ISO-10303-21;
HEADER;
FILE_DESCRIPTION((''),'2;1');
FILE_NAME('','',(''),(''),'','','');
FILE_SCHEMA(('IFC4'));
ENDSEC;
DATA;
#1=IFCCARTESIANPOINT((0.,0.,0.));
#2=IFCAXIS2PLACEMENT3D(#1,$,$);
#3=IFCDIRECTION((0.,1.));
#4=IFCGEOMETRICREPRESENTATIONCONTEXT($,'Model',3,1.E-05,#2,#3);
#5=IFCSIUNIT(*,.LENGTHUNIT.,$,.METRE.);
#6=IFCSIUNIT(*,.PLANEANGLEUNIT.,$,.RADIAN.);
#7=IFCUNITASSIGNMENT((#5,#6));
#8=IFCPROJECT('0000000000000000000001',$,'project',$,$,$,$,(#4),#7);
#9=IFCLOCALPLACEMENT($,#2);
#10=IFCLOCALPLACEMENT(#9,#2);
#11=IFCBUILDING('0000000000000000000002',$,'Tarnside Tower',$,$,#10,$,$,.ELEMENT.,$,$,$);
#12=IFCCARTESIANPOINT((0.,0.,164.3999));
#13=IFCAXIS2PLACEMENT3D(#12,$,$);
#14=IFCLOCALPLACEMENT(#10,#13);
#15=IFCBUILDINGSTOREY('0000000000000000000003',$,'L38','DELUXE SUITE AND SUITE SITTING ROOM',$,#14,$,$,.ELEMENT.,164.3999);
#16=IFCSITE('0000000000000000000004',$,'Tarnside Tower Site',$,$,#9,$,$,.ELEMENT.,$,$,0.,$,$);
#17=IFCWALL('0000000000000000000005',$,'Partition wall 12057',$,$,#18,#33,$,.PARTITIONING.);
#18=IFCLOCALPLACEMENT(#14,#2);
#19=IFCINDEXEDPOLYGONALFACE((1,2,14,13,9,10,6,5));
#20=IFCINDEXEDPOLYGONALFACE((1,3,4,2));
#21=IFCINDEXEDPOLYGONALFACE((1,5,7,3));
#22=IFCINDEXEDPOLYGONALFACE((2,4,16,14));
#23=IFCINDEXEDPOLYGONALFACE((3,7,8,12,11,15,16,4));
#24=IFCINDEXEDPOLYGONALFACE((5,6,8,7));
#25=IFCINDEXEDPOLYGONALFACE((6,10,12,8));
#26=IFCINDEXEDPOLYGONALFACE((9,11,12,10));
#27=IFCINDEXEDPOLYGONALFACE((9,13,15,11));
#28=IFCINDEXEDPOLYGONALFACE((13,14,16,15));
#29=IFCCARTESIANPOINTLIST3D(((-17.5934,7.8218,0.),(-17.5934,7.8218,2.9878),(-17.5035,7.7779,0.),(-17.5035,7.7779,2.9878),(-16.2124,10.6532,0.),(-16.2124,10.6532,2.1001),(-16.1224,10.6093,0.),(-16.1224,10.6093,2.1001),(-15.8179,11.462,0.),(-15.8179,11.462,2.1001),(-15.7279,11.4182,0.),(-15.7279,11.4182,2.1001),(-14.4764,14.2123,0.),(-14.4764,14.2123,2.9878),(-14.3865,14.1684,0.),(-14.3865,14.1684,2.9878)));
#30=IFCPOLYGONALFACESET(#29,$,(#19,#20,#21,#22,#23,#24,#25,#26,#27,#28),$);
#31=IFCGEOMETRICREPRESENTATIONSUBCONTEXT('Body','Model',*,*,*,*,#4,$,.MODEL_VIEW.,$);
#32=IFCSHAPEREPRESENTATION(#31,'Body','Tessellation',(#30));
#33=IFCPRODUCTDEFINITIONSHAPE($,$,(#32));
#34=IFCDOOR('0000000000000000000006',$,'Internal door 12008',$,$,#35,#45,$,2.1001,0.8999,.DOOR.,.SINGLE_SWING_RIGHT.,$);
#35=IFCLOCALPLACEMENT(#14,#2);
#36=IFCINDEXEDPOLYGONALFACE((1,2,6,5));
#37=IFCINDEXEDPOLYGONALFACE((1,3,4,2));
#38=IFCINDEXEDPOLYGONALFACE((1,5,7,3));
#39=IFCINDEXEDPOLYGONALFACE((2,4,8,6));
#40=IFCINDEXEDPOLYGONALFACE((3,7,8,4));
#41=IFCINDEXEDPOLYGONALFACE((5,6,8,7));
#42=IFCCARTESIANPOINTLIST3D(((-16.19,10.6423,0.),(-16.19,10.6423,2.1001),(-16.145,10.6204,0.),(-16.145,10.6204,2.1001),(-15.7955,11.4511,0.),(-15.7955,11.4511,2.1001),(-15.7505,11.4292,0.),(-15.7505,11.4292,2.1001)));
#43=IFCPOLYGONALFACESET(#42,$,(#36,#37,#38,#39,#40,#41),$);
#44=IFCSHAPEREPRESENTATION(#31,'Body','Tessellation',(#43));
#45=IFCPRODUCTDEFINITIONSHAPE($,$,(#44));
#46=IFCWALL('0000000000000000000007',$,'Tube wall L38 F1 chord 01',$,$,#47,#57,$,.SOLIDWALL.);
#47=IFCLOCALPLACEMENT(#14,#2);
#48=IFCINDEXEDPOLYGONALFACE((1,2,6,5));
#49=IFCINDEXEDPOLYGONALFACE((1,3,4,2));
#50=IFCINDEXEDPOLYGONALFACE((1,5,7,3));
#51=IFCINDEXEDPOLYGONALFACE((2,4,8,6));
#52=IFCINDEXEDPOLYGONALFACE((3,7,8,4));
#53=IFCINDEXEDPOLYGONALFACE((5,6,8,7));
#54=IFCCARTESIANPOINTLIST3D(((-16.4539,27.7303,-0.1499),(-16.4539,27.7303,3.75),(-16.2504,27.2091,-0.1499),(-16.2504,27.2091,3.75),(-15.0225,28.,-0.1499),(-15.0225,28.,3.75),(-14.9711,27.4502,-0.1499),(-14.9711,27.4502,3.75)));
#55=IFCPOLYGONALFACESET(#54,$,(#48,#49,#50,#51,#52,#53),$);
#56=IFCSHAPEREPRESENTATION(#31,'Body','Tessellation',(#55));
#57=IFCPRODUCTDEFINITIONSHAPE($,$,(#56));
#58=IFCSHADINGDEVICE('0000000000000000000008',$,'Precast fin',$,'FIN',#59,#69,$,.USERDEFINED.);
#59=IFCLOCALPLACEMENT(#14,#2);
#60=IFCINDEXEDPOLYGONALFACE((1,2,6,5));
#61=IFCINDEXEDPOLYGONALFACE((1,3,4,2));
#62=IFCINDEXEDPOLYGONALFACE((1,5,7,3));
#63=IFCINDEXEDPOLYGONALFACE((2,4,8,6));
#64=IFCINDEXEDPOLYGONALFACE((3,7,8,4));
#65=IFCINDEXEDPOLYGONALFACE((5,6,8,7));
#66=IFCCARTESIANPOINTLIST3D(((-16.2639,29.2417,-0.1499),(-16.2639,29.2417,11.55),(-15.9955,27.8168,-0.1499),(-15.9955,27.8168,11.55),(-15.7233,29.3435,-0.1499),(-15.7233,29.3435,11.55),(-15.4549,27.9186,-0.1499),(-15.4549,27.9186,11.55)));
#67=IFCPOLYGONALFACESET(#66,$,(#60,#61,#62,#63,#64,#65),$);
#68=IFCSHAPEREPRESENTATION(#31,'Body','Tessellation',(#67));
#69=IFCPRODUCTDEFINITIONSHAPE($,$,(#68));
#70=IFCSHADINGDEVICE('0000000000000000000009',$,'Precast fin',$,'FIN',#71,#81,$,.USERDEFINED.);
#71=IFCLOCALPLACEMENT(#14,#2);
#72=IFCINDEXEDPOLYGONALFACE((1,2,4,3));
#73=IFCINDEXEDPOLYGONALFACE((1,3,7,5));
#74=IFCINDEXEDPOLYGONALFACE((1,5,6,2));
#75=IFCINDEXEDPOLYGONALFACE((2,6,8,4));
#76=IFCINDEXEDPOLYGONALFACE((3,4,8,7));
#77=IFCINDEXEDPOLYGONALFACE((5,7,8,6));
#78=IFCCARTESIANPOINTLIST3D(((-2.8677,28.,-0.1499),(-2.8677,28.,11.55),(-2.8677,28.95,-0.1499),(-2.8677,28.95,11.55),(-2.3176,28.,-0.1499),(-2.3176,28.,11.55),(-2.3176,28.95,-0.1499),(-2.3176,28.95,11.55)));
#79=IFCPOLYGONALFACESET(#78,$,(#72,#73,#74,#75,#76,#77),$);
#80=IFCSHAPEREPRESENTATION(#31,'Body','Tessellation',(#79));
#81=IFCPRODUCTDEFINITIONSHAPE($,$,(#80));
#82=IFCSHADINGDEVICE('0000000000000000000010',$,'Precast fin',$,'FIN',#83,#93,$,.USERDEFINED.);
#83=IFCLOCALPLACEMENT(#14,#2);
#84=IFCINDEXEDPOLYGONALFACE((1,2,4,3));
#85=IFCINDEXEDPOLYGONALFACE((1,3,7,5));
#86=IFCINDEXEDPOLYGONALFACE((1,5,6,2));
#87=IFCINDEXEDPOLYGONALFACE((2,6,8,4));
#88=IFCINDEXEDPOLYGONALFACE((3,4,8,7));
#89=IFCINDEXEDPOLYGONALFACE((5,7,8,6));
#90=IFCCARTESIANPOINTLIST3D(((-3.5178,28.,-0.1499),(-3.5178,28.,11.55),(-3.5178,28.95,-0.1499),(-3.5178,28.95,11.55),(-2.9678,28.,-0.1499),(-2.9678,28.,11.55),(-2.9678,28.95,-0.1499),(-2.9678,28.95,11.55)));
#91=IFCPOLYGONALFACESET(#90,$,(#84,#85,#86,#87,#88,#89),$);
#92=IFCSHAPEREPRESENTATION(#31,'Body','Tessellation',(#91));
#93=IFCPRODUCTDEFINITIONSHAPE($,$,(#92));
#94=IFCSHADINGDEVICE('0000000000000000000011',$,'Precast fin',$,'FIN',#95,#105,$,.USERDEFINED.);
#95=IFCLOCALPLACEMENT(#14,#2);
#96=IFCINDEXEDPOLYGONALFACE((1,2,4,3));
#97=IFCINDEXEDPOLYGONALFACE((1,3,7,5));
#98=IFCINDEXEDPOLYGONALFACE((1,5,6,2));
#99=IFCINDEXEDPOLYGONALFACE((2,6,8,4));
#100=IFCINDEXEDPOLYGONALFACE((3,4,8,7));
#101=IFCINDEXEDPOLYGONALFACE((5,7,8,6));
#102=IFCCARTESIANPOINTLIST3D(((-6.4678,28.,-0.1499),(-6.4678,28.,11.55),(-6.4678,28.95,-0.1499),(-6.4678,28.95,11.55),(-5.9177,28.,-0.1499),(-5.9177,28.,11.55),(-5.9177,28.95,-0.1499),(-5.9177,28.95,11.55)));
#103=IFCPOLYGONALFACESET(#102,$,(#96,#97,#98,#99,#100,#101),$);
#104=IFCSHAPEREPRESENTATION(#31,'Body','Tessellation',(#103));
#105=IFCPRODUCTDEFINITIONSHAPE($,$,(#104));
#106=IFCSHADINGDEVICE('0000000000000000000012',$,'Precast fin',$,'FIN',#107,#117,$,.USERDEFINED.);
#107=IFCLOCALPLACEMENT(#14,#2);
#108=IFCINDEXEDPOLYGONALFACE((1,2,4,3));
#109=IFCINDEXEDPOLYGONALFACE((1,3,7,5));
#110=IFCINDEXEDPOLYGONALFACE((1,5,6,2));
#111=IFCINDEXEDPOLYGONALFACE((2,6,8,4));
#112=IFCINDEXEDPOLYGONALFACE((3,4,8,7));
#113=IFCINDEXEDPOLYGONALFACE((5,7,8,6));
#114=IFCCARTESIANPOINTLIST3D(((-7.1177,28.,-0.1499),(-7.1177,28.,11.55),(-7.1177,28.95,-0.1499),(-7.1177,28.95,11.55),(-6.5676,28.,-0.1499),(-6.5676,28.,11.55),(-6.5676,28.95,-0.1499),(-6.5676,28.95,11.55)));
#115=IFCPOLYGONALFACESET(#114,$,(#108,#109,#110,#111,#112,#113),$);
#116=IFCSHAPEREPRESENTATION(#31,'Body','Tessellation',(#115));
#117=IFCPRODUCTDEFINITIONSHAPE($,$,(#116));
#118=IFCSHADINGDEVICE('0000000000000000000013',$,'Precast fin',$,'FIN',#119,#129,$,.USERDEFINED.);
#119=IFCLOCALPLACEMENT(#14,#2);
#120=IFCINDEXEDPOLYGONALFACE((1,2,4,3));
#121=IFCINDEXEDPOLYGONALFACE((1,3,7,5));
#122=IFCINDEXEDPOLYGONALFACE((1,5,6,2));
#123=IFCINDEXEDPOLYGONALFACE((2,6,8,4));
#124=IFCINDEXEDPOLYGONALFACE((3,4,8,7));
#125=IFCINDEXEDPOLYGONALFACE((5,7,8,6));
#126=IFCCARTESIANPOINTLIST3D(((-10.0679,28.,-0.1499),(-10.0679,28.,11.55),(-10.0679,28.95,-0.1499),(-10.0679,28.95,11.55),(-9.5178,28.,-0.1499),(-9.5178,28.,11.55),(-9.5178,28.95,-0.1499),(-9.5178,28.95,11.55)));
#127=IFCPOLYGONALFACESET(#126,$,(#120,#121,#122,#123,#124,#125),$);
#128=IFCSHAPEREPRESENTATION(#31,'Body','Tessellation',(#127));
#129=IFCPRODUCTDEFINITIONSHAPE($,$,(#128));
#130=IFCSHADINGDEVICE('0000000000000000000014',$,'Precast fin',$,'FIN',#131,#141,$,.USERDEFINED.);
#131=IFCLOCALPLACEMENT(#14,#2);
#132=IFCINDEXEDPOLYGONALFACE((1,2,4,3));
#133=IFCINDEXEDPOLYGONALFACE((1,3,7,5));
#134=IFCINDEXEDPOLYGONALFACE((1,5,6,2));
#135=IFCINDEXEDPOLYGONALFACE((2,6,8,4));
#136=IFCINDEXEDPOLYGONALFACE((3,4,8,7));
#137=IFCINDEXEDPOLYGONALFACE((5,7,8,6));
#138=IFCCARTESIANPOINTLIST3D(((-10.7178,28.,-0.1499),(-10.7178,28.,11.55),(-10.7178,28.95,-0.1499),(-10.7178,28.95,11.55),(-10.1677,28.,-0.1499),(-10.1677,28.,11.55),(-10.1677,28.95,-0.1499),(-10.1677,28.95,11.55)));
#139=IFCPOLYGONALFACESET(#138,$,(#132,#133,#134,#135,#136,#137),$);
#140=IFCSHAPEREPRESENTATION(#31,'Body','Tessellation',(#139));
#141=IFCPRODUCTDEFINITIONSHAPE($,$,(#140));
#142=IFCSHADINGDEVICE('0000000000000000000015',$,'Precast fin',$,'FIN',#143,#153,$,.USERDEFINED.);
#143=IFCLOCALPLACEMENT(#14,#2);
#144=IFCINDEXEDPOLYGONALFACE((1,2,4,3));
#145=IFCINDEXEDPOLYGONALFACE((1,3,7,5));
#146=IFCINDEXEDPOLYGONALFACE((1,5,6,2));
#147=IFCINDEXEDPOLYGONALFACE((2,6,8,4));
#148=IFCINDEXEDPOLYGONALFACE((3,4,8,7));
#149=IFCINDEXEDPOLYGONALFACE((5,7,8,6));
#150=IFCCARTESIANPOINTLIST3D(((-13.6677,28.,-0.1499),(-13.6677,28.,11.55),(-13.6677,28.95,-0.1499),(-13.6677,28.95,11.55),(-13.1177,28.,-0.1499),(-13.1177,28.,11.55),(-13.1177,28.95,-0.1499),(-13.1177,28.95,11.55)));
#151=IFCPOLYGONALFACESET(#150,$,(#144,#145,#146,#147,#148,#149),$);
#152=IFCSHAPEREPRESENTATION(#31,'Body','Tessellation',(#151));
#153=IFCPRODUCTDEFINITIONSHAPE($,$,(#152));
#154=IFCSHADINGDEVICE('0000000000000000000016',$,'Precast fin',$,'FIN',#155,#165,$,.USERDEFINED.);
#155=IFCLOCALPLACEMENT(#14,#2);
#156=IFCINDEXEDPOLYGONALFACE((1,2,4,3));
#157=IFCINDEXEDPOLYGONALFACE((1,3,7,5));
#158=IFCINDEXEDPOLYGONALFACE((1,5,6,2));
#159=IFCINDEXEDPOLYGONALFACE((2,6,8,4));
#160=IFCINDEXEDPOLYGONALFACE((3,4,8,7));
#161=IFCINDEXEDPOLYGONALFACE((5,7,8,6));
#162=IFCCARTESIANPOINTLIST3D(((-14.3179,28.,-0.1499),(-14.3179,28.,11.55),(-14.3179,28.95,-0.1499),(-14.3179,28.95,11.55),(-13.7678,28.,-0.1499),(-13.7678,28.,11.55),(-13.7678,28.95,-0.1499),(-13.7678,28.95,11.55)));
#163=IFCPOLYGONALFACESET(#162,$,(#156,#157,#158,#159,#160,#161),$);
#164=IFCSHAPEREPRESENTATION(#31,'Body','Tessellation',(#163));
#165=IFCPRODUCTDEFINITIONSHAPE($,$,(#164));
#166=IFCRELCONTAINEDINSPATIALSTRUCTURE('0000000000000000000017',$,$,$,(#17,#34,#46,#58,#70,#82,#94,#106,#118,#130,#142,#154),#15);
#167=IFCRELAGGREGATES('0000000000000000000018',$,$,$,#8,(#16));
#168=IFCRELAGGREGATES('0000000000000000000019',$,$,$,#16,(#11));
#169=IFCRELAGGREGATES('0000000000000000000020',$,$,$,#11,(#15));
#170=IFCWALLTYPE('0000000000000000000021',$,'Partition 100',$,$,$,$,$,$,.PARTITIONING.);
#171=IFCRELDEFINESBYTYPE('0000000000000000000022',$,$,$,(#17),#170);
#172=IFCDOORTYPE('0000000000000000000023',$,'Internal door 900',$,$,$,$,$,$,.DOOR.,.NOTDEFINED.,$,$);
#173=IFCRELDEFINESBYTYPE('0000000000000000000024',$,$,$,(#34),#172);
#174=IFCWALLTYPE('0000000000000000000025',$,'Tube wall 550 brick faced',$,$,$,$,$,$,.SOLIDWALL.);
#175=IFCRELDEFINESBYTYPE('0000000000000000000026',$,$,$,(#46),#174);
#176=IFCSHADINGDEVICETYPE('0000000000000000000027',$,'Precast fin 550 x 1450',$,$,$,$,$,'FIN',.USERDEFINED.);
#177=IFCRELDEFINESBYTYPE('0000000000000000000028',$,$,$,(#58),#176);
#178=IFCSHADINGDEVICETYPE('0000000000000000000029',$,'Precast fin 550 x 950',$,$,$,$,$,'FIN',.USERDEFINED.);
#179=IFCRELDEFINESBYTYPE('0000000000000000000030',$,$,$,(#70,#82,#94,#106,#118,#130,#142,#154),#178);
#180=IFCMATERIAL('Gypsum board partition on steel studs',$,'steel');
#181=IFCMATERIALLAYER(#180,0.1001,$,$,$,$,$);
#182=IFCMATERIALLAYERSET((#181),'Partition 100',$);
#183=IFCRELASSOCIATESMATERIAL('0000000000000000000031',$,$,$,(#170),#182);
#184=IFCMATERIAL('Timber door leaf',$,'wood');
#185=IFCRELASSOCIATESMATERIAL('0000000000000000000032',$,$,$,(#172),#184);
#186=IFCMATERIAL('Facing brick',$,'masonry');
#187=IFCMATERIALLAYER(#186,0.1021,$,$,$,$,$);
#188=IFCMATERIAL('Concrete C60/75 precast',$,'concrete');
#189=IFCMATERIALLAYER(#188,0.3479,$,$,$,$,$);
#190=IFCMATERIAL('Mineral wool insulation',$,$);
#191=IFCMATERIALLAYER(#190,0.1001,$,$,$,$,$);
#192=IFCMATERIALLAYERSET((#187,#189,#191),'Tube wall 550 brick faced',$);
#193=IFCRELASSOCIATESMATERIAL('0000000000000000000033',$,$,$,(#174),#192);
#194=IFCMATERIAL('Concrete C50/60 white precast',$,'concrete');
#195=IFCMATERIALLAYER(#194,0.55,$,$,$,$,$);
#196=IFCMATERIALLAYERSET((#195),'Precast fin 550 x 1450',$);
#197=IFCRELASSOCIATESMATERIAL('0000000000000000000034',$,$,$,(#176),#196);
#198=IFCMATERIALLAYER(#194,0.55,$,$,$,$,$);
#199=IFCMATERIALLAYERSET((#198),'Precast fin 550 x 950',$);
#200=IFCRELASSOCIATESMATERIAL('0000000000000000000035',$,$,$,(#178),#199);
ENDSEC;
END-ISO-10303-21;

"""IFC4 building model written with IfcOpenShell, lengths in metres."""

from ifc_helpers import new_model, si_unit, direction, frame, frame_2d, origin, place, context, subcontext, project, spatial, polyline, rectangle, outline, extrude, material, layer, layer_set, type_object, element, fill, save


model = new_model("IFC4")

# Units and contexts
model_context = context("Model", 3, precision=1e-05, world=origin(), true_north=direction((0.0, 1.0)))
body_context = subcontext(model_context, "Body", "Model", "MODEL_VIEW")
ifc_project = project(units=[si_unit("LENGTHUNIT", "METRE"), si_unit("PLANEANGLEUNIT", "RADIAN")], contexts=[model_context])

# Site, building, storey
site_placement = place(None, origin())
site = spatial("IfcSite", under=ifc_project, at=site_placement, Name="Tarnside Tower Site", CompositionType="ELEMENT", RefElevation=0.0)
building_placement = place(site_placement, origin())
building = spatial("IfcBuilding", under=site, at=building_placement, Name="Tarnside Tower", CompositionType="ELEMENT")
storey_placement = place(building_placement, frame((0.0, 0.0, 164.3999)))
storey = spatial("IfcBuildingStorey", under=building, at=storey_placement, Name="L38", Description="DELUXE SUITE AND SUITE SITTING ROOM", CompositionType="ELEMENT", Elevation=164.3999)

# Shared definitions
ifc_material_1 = material(Name="Gypsum board partition on steel studs", Category="steel")

# Shared definitions
ifc_material_2 = material(Name="Timber door leaf", Category="wood")

# Wall, opening, door
ifc_layer_1 = layer(ifc_material_1, 0.1001)
ifc_layer_set_1 = layer_set([ifc_layer_1], Name="Partition 100")
wall_type_1 = type_object("IfcWallType", Name="Partition 100", PredefinedType="PARTITIONING", material=ifc_layer_set_1)
wall_1_placement = place(storey_placement, frame((-14.4314, 14.1904, 0.0), z_axis=(0.0, 0.0, 1.0), x_axis=(-0.438388, -0.898786, 0.0)))
wall_1 = element("IfcWall", 1, at=wall_1_placement, inside=storey, type_object=wall_type_1, Name="Partition wall 12057", PredefinedType="PARTITIONING", context=body_context, shape_type="SweptSolid", body=[
    extrude(rectangle(XDim=7.1101, YDim=0.1001, at=frame_2d((3.5552, 0.0))), origin(), (0.0, 0.0, 1.0), 2.9878),
])
opening_1_placement = place(wall_1_placement, frame((3.0601, 0.0, 0.0)))
opening_1 = element("IfcOpeningElement", 2, at=opening_1_placement, cuts=wall_1, PredefinedType="OPENING", context=body_context, shape_type="SweptSolid", body=[
    extrude(rectangle(XDim=0.8999, YDim=2.1001, at=frame_2d((0.45, 1.05))), frame((0.0, 0.0601, 0.0), z_axis=(0.0, -1.0, 0.0), x_axis=(1.0, 0.0, 0.0)), (0.0, 0.0, 1.0), 0.1201),
])
door_type_1 = type_object("IfcDoorType", Name="Internal door 900", OperationType="NOTDEFINED", PredefinedType="DOOR", material=ifc_material_2)
door_1_placement = place(opening_1_placement, origin())
door_1 = element("IfcDoor", 3, at=door_1_placement, inside=storey, type_object=door_type_1, Name="Internal door 12008", OperationType="SINGLE_SWING_RIGHT", OverallHeight=2.1001, OverallWidth=0.8999, PredefinedType="DOOR", context=body_context, shape_type="SweptSolid", body=[
    extrude(rectangle(XDim=0.8999, YDim=2.1001, at=frame_2d((0.45, 1.05))), frame((0.0, 0.0249, 0.0), z_axis=(0.0, -1.0, 0.0), x_axis=(1.0, 0.0, 0.0)), (0.0, 0.0, 1.0), 0.05),
])
fill(opening_1, door_1)

# Wall
ifc_material_3 = material(Name="Facing brick", Category="masonry")
ifc_layer_2 = layer(ifc_material_3, 0.1021)
ifc_material_4 = material(Name="Concrete C60/75 precast", Category="concrete")
ifc_layer_3 = layer(ifc_material_4, 0.3479)
ifc_material_5 = material(Name="Mineral wool insulation")
ifc_layer_4 = layer(ifc_material_5, 0.1001)
ifc_layer_set_2 = layer_set([ifc_layer_2, ifc_layer_3, ifc_layer_4], Name="Tube wall 550 brick faced")
wall_type_2 = type_object("IfcWallType", Name="Tube wall 550 brick faced", PredefinedType="SOLIDWALL", material=ifc_layer_set_2)
wall_2_placement = place(storey_placement, frame((-14.9968, 27.7251, -0.1499), z_axis=(0.0, 0.0, 1.0), x_axis=(-0.982705, -0.185176, 0.0)))
element("IfcWall", 4, at=wall_2_placement, inside=storey, type_object=wall_type_2, Name="Tube wall L38 F1 chord 01", PredefinedType="SOLIDWALL", context=body_context, shape_type="SweptSolid", body=[
    extrude(outline(polyline([(-0.0256, -0.2749), (1.4309, -0.2749), (1.3274, 0.2749), (0.0256, 0.2749), (-0.0256, -0.2749)])), origin(), (0.0, 0.0, 1.0), 3.8999),
])

# Shading devices
ifc_material_6 = material(Name="Concrete C50/60 white precast", Category="concrete")
ifc_layer_5 = layer(ifc_material_6, 0.55)
ifc_layer_set_3 = layer_set([ifc_layer_5], Name="Precast fin 550 x 1450")
shading_device_type_1 = type_object("IfcShadingDeviceType", Name="Precast fin 550 x 1450", ElementType="FIN", PredefinedType="USERDEFINED", material=ifc_layer_set_3)
shading_device_placement = place(storey_placement, frame((-15.7253, 27.8677, -0.1499), z_axis=(0.982721, 0.185095, 0.0), x_axis=(-0.185095, 0.982721, 0.0)))
element("IfcShadingDevice", 5, at=shading_device_placement, inside=storey, type_object=shading_device_type_1, Name="Precast fin", ObjectType="FIN", PredefinedType="USERDEFINED", context=body_context, shape_type="SweptSolid", body=[
    extrude(outline(polyline([(0.0, 0.0), (1.45, 0.0), (1.45, 11.7), (0.0, 11.7), (0.0, 0.0)])), frame((0.0, 0.0, -0.2749)), (0.0, 0.0, 1.0), 0.55),
])
ifc_layer_6 = layer(ifc_material_6, 0.55)
ifc_layer_set_4 = layer_set([ifc_layer_6], Name="Precast fin 550 x 950")
shading_device_type_2 = type_object("IfcShadingDeviceType", Name="Precast fin 550 x 950", ElementType="FIN", PredefinedType="USERDEFINED", material=ifc_layer_set_4)
for number, where, z_axis, x_axis, name in (
    (6, (-2.5928, 28.0, -0.1499), (1.0, 0.0, 0.0), (0.0, 1.0, 0.0), "Precast fin"),
    (7, (-3.2429, 28.0, -0.1499), (1.0, 0.0, 0.0), (0.0, 1.0, 0.0), "Precast fin"),
    (8, (-6.1929, 28.0, -0.1499), (1.0, 0.0, 0.0), (0.0, 1.0, 0.0), "Precast fin"),
    (9, (-6.8428, 28.0, -0.1499), (1.0, 0.0, 0.0), (0.0, 1.0, 0.0), "Precast fin"),
    (10, (-9.793, 28.0, -0.1499), (1.0, 0.0, 0.0), (0.0, 1.0, 0.0), "Precast fin"),
    (11, (-10.4429, 28.0, -0.1499), (1.0, 0.0, 0.0), (0.0, 1.0, 0.0), "Precast fin"),
    (12, (-13.3928, 28.0, -0.1499), (1.0, 0.0, 0.0), (0.0, 1.0, 0.0), "Precast fin"),
    (13, (-14.043, 28.0, -0.1499), (1.0, 0.0, 0.0), (0.0, 1.0, 0.0), "Precast fin"),
):
    element("IfcShadingDevice", number, at=place(storey_placement, frame(where, z_axis=z_axis, x_axis=x_axis)), inside=storey, type_object=shading_device_type_2, Name=name, ObjectType="FIN", PredefinedType="USERDEFINED", context=body_context, shape_type="SweptSolid", body=[
        extrude(outline(polyline([(0.0, 0.0), (0.95, 0.0), (0.95, 11.7), (0.0, 11.7), (0.0, 0.0)])), frame((0.0, 0.0, -0.2749)), (0.0, 0.0, 1.0), 0.55),
    ])

save(model, "model.ifc")
